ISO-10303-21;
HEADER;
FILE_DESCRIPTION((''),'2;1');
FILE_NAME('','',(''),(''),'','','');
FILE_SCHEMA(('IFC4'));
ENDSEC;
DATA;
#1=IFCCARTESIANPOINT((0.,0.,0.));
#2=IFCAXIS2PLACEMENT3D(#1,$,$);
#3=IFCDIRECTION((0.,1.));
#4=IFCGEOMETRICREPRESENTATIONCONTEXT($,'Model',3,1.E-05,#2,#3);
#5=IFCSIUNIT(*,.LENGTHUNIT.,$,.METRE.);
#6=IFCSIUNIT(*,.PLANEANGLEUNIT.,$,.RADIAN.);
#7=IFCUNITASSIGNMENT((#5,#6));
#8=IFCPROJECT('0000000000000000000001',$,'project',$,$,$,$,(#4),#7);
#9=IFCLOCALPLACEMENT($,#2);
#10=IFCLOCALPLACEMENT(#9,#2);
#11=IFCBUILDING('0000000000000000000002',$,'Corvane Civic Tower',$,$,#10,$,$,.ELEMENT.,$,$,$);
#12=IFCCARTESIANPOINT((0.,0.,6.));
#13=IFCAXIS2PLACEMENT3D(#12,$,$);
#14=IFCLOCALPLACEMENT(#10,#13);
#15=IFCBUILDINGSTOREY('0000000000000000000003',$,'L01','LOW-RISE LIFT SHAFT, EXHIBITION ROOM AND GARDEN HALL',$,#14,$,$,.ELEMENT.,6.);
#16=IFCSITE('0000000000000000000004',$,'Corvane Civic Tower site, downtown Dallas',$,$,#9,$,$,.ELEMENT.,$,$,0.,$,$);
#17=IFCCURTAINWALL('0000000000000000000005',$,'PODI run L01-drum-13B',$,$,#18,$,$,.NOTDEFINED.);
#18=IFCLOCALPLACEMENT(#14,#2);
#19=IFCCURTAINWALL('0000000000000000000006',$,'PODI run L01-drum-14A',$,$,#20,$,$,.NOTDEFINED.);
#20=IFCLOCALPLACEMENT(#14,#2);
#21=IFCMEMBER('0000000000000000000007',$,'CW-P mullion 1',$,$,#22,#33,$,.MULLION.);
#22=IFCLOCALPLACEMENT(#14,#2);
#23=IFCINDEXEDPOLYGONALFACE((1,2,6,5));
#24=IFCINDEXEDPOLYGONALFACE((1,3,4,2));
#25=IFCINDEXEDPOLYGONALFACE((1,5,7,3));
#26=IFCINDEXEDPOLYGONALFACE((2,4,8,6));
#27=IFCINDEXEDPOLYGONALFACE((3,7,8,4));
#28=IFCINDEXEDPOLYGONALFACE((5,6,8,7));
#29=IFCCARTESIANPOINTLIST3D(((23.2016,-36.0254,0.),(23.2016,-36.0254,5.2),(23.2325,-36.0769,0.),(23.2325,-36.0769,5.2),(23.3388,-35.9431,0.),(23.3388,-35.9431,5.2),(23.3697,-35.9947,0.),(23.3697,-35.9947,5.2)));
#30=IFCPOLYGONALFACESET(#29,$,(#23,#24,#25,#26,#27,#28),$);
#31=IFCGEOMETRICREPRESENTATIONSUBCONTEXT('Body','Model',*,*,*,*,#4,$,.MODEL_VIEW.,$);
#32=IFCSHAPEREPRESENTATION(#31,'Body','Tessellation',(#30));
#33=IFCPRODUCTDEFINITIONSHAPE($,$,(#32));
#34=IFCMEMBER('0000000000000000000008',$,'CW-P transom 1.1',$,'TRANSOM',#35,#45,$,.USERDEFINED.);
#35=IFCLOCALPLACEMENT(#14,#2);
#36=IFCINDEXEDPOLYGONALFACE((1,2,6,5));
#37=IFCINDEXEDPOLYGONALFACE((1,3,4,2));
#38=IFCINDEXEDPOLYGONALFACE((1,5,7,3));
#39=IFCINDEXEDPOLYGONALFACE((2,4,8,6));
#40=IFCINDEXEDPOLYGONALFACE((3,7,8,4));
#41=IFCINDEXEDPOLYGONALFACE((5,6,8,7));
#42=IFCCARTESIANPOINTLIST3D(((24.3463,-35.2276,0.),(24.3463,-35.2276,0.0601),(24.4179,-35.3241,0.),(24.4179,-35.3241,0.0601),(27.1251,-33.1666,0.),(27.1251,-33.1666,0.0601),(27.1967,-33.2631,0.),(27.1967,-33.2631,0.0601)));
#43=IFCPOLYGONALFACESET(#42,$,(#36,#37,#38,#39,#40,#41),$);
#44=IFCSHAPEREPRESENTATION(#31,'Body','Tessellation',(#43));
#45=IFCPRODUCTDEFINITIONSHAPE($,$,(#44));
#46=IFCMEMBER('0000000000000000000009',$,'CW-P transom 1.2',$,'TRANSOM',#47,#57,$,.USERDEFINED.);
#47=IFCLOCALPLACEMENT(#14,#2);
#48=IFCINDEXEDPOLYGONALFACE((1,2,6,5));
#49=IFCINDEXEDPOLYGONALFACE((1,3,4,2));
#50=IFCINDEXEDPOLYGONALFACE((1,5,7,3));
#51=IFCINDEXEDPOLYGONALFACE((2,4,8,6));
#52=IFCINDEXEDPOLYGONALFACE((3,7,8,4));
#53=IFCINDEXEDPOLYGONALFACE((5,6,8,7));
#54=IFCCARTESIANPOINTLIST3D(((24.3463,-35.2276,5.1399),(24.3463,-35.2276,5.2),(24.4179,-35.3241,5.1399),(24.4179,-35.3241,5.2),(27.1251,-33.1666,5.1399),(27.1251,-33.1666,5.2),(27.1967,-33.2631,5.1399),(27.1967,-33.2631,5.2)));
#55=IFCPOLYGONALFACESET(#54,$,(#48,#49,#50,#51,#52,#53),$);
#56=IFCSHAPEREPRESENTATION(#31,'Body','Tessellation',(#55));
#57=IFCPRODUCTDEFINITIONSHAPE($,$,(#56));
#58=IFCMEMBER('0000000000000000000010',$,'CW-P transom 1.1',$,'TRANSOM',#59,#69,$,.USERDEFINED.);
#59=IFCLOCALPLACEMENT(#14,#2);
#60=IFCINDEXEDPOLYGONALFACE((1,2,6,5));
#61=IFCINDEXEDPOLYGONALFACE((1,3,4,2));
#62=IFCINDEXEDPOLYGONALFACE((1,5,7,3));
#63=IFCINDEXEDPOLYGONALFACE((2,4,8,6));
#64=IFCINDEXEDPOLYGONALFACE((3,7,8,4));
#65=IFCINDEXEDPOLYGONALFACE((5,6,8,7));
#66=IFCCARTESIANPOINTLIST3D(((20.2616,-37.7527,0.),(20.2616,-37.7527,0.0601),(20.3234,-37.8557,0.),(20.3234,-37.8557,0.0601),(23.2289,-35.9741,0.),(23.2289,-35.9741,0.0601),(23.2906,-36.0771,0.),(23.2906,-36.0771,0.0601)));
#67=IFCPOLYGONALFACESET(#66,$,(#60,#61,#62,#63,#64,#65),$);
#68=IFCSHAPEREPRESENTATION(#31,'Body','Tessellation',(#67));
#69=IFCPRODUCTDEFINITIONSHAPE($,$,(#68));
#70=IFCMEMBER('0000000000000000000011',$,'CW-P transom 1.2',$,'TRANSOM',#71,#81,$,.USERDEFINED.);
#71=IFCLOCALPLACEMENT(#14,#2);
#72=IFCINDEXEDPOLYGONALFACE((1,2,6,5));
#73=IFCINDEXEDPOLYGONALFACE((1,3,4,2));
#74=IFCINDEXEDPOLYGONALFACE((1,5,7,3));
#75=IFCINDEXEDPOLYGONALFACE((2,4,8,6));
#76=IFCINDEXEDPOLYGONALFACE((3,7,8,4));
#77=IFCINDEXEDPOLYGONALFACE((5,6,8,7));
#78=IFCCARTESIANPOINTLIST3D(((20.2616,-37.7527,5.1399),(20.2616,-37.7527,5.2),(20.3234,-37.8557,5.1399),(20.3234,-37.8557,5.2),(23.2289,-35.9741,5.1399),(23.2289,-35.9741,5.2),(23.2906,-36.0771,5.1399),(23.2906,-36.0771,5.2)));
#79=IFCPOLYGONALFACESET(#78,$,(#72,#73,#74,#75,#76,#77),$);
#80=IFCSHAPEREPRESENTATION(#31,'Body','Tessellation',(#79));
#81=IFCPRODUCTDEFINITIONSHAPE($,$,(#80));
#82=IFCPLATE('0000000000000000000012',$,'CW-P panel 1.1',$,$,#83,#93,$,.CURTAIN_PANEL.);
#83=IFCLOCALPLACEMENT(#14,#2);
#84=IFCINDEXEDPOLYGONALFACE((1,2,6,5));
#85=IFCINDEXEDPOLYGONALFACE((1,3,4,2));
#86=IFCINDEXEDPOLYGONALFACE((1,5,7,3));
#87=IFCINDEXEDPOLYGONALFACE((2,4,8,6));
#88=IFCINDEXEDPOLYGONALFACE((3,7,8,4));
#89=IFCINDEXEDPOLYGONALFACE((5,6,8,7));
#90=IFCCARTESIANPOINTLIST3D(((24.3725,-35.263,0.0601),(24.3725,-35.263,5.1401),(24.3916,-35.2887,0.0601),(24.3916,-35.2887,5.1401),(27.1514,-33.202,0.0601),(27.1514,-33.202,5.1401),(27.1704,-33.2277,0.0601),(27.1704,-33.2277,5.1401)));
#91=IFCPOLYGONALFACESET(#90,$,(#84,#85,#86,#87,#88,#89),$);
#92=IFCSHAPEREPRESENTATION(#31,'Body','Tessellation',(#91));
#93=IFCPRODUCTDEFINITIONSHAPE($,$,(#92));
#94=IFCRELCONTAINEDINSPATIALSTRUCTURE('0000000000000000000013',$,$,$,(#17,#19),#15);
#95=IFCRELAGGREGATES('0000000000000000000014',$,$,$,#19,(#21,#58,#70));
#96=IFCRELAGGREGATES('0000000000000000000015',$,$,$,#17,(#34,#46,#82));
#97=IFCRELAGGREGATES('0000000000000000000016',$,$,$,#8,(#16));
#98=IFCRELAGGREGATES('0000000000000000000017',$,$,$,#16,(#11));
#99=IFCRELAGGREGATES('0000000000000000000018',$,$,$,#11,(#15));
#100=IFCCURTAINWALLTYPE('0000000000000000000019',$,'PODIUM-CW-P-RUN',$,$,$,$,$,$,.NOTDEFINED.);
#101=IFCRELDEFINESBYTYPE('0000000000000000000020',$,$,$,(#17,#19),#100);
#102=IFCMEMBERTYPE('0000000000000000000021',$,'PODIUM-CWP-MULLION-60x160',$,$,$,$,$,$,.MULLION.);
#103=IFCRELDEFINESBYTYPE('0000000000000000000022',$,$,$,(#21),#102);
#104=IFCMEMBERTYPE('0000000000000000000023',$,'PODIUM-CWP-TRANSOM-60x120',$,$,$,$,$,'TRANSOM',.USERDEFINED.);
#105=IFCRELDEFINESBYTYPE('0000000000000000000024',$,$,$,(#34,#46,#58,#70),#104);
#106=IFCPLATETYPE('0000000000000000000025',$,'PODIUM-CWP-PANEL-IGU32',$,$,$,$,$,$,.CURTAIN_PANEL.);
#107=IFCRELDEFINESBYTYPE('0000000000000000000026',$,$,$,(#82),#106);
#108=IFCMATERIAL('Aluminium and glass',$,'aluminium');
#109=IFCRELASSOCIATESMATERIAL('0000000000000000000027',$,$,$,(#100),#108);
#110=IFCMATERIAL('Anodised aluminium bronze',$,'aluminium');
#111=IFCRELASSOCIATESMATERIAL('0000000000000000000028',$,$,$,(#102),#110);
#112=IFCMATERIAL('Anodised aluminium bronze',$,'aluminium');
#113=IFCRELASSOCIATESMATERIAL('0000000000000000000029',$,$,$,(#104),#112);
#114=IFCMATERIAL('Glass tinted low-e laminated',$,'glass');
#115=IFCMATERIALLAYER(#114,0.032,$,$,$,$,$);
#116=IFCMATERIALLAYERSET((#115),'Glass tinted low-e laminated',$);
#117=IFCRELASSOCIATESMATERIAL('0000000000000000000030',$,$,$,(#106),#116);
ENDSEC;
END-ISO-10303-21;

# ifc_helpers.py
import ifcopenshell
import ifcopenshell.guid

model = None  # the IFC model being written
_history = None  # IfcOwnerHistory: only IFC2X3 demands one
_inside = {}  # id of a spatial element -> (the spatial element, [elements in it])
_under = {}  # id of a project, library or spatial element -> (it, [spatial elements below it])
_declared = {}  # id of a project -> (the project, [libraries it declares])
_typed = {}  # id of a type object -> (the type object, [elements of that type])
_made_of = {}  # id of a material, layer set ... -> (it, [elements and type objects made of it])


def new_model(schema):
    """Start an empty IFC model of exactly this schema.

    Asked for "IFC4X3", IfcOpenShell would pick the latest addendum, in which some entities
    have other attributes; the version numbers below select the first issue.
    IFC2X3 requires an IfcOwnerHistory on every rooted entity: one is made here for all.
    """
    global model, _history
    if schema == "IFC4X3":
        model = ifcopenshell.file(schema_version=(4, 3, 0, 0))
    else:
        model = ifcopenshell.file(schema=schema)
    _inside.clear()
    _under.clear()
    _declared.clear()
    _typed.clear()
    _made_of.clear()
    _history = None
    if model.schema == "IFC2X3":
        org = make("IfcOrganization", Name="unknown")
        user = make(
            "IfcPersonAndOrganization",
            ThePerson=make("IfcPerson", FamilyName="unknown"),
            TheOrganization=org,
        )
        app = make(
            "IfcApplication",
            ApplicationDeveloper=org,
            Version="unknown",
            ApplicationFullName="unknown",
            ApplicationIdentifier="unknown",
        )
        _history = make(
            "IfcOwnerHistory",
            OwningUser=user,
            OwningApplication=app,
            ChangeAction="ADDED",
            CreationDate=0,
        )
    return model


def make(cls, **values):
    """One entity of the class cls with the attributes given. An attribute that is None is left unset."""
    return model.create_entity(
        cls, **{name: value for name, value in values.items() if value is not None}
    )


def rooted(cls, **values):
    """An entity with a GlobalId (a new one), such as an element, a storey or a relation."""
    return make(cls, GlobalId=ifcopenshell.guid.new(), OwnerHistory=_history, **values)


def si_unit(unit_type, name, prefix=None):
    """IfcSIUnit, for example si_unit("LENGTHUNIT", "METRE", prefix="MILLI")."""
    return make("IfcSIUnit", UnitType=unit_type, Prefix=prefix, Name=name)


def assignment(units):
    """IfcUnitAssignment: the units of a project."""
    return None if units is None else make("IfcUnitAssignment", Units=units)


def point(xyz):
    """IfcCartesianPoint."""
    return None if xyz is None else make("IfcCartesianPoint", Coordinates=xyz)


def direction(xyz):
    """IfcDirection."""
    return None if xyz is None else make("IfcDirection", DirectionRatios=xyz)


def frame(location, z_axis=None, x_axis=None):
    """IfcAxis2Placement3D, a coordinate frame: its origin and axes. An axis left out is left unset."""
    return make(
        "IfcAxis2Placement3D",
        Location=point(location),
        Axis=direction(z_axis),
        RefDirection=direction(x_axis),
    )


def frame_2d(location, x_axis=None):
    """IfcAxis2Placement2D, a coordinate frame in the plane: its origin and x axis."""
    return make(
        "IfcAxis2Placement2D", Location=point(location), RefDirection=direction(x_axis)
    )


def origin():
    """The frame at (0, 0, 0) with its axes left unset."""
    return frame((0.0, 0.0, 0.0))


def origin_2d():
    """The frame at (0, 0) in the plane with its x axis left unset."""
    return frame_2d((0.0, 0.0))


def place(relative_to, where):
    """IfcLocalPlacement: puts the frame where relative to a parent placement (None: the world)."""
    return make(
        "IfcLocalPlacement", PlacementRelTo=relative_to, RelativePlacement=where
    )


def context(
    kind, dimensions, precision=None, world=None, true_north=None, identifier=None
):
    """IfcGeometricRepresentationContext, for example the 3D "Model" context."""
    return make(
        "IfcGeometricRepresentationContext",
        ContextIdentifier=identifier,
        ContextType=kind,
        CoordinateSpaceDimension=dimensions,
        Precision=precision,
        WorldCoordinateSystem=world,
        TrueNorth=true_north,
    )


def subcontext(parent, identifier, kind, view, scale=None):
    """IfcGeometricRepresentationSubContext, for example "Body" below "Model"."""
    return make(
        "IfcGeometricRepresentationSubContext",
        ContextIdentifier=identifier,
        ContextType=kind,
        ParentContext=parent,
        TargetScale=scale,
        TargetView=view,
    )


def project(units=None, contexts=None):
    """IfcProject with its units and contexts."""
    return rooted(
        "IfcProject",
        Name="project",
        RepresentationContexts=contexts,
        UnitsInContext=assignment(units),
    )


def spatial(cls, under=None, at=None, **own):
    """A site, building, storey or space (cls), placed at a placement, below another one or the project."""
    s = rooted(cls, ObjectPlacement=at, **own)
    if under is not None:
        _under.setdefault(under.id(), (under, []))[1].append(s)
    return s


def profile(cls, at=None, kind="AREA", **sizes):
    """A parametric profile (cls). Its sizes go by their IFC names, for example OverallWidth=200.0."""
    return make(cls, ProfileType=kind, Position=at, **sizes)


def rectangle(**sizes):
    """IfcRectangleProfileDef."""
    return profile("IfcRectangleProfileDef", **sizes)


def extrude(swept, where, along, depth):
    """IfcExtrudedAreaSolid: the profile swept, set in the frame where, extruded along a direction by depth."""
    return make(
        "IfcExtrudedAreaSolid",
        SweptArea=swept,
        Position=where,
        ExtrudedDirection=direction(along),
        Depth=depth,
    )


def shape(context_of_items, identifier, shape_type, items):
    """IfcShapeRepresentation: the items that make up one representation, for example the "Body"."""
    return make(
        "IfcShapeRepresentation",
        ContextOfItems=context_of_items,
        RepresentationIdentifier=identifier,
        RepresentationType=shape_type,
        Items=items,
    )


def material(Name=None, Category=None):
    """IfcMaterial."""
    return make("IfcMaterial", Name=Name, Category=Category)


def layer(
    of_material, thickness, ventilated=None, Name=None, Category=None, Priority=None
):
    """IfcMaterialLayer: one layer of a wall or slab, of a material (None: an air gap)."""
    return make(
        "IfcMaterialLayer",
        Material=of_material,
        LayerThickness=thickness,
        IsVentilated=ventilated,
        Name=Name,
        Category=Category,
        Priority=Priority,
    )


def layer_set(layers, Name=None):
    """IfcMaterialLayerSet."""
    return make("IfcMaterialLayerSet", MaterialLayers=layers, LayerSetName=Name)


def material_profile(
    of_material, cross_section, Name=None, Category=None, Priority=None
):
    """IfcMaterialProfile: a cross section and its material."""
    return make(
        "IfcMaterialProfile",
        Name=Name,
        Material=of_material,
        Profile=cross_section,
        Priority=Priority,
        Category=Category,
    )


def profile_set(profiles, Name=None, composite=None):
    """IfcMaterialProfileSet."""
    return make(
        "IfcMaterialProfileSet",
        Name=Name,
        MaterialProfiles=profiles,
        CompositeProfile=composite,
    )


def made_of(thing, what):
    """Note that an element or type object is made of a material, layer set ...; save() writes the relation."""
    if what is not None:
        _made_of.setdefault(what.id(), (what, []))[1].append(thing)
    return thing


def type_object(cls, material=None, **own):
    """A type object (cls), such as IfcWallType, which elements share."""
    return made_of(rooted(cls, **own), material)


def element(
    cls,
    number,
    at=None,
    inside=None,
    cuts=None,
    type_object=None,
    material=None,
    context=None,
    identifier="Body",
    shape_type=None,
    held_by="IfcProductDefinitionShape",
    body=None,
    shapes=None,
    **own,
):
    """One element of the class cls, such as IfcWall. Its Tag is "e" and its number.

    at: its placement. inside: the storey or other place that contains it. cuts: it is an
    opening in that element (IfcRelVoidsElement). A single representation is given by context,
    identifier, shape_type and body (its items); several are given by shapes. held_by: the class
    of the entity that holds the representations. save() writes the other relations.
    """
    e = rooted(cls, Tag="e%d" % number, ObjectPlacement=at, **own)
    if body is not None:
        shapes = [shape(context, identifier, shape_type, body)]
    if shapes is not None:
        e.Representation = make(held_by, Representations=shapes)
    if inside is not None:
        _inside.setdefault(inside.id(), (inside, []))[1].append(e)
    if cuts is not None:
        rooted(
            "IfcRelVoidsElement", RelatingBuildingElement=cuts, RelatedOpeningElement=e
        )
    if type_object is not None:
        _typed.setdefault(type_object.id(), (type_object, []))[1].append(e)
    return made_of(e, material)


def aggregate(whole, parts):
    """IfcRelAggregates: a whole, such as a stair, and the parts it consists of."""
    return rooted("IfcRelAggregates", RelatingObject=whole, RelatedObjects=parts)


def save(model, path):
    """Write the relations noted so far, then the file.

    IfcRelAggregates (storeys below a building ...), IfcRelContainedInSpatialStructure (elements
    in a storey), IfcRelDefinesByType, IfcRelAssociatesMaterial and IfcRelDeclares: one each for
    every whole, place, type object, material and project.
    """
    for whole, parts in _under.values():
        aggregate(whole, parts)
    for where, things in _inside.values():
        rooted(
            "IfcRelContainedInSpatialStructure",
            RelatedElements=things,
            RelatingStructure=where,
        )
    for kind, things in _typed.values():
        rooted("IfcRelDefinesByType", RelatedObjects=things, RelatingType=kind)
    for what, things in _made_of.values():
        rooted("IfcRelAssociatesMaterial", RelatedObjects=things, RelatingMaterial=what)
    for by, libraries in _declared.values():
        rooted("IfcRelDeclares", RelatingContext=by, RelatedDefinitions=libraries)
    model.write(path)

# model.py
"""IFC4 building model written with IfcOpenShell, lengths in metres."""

from ifc_helpers import new_model, si_unit, direction, frame, origin, origin_2d, place, context, subcontext, project, spatial, rectangle, extrude, material, layer, layer_set, material_profile, profile_set, type_object, element, aggregate, save


model = new_model("IFC4")

# Units and contexts
model_context = context("Model", 3, precision=1e-05, world=origin(), true_north=direction((0.0, 1.0)))
body_context = subcontext(model_context, "Body", "Model", "MODEL_VIEW")
ifc_project = project(units=[si_unit("LENGTHUNIT", "METRE"), si_unit("PLANEANGLEUNIT", "RADIAN")], contexts=[model_context])

# Site, building, storey
site_placement = place(None, origin())
site = spatial("IfcSite", under=ifc_project, at=site_placement, Name="Corvane Civic Tower site, downtown Dallas", CompositionType="ELEMENT", RefElevation=0.0)
building_placement = place(site_placement, origin())
building = spatial("IfcBuilding", under=site, at=building_placement, Name="Corvane Civic Tower", CompositionType="ELEMENT")
storey_placement = place(building_placement, frame((0.0, 0.0, 6.0)))
storey = spatial("IfcBuildingStorey", under=building, at=storey_placement, Name="L01", Description="LOW-RISE LIFT SHAFT, EXHIBITION ROOM AND GARDEN HALL", CompositionType="ELEMENT", Elevation=6.0)

# Shared definitions
ifc_material_1 = material(Name="Aluminium and glass", Category="aluminium")
curtain_wall_type = type_object("IfcCurtainWallType", Name="PODIUM-CW-P-RUN", PredefinedType="NOTDEFINED", material=ifc_material_1)
ifc_material_2 = material(Name="Anodised aluminium bronze", Category="aluminium")
ifc_material_profile_1 = material_profile(ifc_material_2, rectangle(XDim=0.0601, YDim=0.1599, at=origin_2d()), Name="AL 60x160")
ifc_profile_set_1 = profile_set([ifc_material_profile_1], Name="Anodised aluminium bronze")
member_type_1 = type_object("IfcMemberType", Name="PODIUM-CWP-MULLION-60x160", PredefinedType="MULLION", material=ifc_profile_set_1)

# Curtain wall
curtain_wall_1_placement = place(storey_placement, origin())
curtain_wall_1 = element("IfcCurtainWall", 1, at=curtain_wall_1_placement, inside=storey, type_object=curtain_wall_type, Name="PODI run L01-drum-13B", PredefinedType="NOTDEFINED")

# Curtain wall, member
curtain_wall_2_placement = place(storey_placement, origin())
curtain_wall_2 = element("IfcCurtainWall", 2, at=curtain_wall_2_placement, inside=storey, type_object=curtain_wall_type, Name="PODI run L01-drum-14A", PredefinedType="NOTDEFINED")
member_1_placement = place(storey_placement, frame((23.2856, -36.01, 0.0), z_axis=(0.0, 0.0, 1.0), x_axis=(0.514118, -0.85772, 0.0)))
member_1 = element("IfcMember", 3, at=member_1_placement, type_object=member_type_1, Name="CW-P mullion 1", PredefinedType="MULLION", context=body_context, shape_type="SweptSolid", body=[
    extrude(rectangle(XDim=0.0601, YDim=0.1599, at=origin_2d()), origin(), (0.0, 0.0, 1.0), 5.2),
])

# Members
ifc_material_3 = material(Name="Anodised aluminium bronze", Category="aluminium")
ifc_material_profile_2 = material_profile(ifc_material_3, rectangle(XDim=0.1201, YDim=0.0601, at=origin_2d()), Name="AL 120x60")
ifc_profile_set_2 = profile_set([ifc_material_profile_2], Name="Anodised aluminium bronze")
member_type_2 = type_object("IfcMemberType", Name="PODIUM-CWP-TRANSOM-60x120", ElementType="TRANSOM", PredefinedType="USERDEFINED", material=ifc_profile_set_2)
member_2_placement = place(storey_placement, frame((27.1609, -33.2148, 0.03), z_axis=(-0.80319, -0.595724, 0.0), x_axis=(0.595724, -0.80319, 0.0)))
member_2 = element("IfcMember", 4, at=member_2_placement, type_object=member_type_2, Name="CW-P transom 1.1", ObjectType="TRANSOM", PredefinedType="USERDEFINED", context=body_context, shape_type="SweptSolid", body=[
    extrude(rectangle(XDim=0.1201, YDim=0.0601, at=origin_2d()), origin(), (0.0, 0.0, 1.0), 3.4597),
])
member_3_placement = place(storey_placement, frame((27.1609, -33.2148, 5.1699), z_axis=(-0.80319, -0.595724, 0.0), x_axis=(0.595724, -0.80319, 0.0)))
member_3 = element("IfcMember", 5, at=member_3_placement, type_object=member_type_2, Name="CW-P transom 1.2", ObjectType="TRANSOM", PredefinedType="USERDEFINED", context=body_context, shape_type="SweptSolid", body=[
    extrude(rectangle(XDim=0.1201, YDim=0.0601, at=origin_2d()), origin(), (0.0, 0.0, 1.0), 3.4597),
])
member_4_placement = place(storey_placement, frame((23.2598, -36.0256, 0.03), z_axis=(-0.857723, -0.514112, 0.0), x_axis=(0.514112, -0.857723, 0.0)))
member_4 = element("IfcMember", 6, at=member_4_placement, type_object=member_type_2, Name="CW-P transom 1.1", ObjectType="TRANSOM", PredefinedType="USERDEFINED", context=body_context, shape_type="SweptSolid", body=[
    extrude(rectangle(XDim=0.1201, YDim=0.0601, at=origin_2d()), origin(), (0.0, 0.0, 1.0), 3.4595),
])
member_5_placement = place(storey_placement, frame((23.2598, -36.0256, 5.1699), z_axis=(-0.857723, -0.514112, 0.0), x_axis=(0.514112, -0.857723, 0.0)))
member_5 = element("IfcMember", 7, at=member_5_placement, type_object=member_type_2, Name="CW-P transom 1.2", ObjectType="TRANSOM", PredefinedType="USERDEFINED", context=body_context, shape_type="SweptSolid", body=[
    extrude(rectangle(XDim=0.1201, YDim=0.0601, at=origin_2d()), origin(), (0.0, 0.0, 1.0), 3.4595),
])
aggregate(curtain_wall_2, [member_1, member_4, member_5])

# Plate
ifc_material_4 = material(Name="Glass tinted low-e laminated", Category="glass")
ifc_layer_1 = layer(ifc_material_4, 0.032)
ifc_layer_set_1 = layer_set([ifc_layer_1], Name="Glass tinted low-e laminated")
plate_type = type_object("IfcPlateType", Name="PODIUM-CWP-PANEL-IGU32", PredefinedType="CURTAIN_PANEL", material=ifc_layer_set_1)
plate_placement = place(storey_placement, frame((25.7715, -34.2454, 0.0601), z_axis=(0.0, 0.0, 1.0), x_axis=(-0.803203, -0.595705, 0.0)))
plate = element("IfcPlate", 8, at=plate_placement, type_object=plate_type, Name="CW-P panel 1.1", PredefinedType="CURTAIN_PANEL", context=body_context, shape_type="SweptSolid", body=[
    extrude(rectangle(XDim=3.4597, YDim=0.032, at=origin_2d()), origin(), (0.0, 0.0, 1.0), 5.0801),
])
aggregate(curtain_wall_1, [member_2, member_3, plate])

save(model, "model.ifc")
